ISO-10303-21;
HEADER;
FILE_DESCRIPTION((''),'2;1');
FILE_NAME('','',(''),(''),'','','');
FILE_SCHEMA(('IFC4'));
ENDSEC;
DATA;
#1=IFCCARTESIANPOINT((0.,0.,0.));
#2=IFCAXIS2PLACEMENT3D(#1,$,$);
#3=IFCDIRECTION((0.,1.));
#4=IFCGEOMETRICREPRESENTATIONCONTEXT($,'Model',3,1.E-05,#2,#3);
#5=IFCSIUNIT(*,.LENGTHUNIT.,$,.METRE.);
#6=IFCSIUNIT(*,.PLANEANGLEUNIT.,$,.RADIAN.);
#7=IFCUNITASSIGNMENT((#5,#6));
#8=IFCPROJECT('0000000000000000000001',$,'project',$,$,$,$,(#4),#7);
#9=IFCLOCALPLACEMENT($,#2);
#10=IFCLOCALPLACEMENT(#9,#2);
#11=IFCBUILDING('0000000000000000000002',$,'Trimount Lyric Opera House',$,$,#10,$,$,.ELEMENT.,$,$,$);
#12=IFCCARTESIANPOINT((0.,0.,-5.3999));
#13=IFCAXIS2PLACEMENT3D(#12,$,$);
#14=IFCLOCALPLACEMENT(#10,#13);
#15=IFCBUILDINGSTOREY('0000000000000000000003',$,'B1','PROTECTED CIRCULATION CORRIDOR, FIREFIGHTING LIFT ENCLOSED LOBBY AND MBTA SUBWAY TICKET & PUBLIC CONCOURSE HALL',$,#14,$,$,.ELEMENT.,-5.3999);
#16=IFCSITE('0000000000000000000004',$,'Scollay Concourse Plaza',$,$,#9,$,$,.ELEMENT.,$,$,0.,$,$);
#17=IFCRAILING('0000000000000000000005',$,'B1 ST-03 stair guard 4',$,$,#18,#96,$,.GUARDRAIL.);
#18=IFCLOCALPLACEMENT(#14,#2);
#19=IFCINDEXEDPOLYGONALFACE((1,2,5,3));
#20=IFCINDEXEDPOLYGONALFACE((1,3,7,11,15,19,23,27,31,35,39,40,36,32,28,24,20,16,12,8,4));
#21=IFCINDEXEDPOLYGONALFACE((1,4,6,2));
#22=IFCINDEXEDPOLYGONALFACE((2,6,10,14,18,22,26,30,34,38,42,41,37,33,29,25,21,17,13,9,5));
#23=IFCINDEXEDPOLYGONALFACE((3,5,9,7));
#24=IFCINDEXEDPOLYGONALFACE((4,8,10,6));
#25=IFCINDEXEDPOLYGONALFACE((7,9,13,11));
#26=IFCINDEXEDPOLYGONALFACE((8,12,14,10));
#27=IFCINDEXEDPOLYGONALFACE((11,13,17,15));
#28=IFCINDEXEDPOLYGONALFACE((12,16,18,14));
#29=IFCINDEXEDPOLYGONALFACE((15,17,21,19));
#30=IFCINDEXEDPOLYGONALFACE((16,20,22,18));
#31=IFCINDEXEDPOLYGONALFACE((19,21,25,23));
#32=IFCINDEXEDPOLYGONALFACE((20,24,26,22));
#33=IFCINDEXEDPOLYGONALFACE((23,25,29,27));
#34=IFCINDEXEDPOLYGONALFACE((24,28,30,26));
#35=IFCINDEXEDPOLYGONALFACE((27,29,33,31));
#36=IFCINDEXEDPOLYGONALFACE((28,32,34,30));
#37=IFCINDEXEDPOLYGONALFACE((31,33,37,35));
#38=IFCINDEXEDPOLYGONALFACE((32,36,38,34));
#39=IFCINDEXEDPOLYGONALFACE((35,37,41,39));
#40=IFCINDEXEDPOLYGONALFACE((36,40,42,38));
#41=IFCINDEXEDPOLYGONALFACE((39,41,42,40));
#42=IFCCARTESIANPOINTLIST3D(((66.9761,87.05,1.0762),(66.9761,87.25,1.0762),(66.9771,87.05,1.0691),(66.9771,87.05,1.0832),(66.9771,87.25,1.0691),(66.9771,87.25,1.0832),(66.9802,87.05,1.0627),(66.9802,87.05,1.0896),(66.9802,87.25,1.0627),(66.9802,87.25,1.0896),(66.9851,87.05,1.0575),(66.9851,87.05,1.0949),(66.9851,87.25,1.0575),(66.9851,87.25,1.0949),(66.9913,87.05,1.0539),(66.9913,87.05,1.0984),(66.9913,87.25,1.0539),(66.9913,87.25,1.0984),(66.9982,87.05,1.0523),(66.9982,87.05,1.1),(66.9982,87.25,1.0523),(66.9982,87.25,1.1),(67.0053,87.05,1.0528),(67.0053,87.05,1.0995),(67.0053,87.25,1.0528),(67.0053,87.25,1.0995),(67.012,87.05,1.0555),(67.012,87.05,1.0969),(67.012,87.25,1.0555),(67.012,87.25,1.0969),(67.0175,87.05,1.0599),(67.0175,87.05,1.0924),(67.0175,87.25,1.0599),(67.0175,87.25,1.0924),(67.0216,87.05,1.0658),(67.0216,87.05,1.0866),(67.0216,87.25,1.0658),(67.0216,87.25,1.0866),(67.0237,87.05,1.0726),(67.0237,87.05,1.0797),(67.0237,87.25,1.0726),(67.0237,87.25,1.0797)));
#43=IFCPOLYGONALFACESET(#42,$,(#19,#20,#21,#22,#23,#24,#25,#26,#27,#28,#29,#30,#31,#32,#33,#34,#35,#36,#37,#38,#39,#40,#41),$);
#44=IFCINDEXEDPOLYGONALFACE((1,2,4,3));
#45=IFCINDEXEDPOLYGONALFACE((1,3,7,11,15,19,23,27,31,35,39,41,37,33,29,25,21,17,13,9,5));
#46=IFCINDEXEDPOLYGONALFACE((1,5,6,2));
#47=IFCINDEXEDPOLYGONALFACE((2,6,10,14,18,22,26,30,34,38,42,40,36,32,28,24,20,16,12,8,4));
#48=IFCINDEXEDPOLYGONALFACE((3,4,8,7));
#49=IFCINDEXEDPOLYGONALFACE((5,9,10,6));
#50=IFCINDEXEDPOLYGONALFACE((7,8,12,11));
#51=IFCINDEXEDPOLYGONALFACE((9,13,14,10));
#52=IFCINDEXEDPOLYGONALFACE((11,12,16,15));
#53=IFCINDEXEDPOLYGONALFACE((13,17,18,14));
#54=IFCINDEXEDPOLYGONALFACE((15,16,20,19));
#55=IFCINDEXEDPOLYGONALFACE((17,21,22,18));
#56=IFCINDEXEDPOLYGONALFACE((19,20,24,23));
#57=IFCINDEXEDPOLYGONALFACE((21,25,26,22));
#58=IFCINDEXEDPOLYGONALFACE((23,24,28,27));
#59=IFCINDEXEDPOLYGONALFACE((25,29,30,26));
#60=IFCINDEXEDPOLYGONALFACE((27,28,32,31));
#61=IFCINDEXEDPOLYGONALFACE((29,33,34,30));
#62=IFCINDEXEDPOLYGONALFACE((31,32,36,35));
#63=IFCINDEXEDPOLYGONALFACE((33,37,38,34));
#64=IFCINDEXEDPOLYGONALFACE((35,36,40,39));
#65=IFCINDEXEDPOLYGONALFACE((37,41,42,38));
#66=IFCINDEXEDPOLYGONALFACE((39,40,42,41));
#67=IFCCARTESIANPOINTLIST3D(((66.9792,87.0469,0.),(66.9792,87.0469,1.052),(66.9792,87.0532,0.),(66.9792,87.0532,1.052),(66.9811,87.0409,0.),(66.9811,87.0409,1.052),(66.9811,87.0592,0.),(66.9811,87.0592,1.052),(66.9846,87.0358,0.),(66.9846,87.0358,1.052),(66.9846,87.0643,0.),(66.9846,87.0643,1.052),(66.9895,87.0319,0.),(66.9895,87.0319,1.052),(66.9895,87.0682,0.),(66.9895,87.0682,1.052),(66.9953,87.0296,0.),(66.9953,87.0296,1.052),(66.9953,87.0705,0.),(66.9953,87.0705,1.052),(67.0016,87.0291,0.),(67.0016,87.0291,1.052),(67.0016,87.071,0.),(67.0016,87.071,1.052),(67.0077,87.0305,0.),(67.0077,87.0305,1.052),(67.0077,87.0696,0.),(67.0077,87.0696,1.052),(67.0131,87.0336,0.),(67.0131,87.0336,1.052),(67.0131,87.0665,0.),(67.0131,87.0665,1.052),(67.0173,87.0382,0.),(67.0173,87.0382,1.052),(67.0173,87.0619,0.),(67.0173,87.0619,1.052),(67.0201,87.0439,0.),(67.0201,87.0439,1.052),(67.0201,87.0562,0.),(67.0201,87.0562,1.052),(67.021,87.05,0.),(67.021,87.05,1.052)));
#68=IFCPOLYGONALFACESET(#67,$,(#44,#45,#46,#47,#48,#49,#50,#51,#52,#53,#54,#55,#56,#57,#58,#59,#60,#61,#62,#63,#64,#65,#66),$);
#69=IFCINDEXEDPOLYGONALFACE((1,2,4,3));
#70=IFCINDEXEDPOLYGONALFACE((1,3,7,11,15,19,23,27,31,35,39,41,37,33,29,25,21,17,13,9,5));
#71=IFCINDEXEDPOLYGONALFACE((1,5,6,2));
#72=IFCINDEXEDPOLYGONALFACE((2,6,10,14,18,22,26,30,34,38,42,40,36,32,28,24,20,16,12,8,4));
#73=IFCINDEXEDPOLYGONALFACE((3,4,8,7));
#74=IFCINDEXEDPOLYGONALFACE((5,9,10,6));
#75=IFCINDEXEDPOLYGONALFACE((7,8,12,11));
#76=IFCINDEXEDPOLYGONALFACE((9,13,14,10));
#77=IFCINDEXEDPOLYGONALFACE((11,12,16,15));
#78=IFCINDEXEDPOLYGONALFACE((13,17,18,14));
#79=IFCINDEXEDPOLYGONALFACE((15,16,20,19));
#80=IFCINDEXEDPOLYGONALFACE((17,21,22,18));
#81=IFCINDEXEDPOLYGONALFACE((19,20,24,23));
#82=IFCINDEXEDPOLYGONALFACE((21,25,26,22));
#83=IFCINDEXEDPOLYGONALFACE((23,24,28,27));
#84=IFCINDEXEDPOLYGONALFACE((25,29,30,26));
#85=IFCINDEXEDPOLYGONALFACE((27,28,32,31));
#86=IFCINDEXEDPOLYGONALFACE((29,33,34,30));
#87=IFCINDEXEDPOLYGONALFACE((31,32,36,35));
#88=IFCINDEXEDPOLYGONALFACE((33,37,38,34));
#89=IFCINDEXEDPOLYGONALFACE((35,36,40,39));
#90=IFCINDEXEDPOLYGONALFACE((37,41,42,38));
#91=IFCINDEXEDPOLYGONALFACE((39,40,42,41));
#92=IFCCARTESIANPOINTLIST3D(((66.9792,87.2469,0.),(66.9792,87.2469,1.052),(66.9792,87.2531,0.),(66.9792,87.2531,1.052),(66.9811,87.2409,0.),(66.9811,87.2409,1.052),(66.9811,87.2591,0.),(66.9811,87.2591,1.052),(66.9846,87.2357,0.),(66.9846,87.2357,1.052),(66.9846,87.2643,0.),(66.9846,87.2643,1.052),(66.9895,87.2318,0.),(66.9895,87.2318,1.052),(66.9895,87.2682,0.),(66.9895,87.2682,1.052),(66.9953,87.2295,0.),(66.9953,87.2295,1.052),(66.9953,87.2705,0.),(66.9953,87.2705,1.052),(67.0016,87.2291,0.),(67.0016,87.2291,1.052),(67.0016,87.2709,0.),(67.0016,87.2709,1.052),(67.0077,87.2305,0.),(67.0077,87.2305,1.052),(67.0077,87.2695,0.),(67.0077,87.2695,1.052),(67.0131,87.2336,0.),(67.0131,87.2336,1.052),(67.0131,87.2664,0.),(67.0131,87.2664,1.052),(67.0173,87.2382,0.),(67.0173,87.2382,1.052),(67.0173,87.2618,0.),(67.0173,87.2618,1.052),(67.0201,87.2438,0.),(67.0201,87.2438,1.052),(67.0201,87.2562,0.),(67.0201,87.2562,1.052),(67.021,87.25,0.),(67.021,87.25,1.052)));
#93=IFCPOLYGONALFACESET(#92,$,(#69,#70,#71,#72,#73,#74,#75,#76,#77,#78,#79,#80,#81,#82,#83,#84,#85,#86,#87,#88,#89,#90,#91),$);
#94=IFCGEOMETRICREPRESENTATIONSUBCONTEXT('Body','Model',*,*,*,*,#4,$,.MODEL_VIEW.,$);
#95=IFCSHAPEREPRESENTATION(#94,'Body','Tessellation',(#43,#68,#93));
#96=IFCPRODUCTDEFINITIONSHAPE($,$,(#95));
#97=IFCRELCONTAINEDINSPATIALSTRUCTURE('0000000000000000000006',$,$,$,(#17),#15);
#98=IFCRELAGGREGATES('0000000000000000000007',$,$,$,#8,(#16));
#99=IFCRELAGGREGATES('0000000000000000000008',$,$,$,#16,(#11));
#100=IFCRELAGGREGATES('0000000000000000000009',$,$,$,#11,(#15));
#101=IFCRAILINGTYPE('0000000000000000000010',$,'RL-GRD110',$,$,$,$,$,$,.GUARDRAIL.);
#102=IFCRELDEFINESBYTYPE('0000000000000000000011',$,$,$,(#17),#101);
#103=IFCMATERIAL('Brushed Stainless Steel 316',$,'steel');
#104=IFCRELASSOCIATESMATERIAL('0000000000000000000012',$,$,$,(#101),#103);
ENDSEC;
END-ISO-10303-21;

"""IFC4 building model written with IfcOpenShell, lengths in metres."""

from ifc_helpers import new_model, si_unit, direction, frame, origin, origin_2d, place, context, subcontext, project, spatial, circle, extrude, material, type_object, element, save


model = new_model("IFC4")

# Units and contexts
model_context = context("Model", 3, precision=1e-05, world=origin(), true_north=direction((0.0, 1.0)))
body_context = subcontext(model_context, "Body", "Model", "MODEL_VIEW")
ifc_project = project(units=[si_unit("LENGTHUNIT", "METRE"), si_unit("PLANEANGLEUNIT", "RADIAN")], contexts=[model_context])

# Site, building, storey
site_placement = place(None, origin())
site = spatial("IfcSite", under=ifc_project, at=site_placement, Name="Scollay Concourse Plaza", CompositionType="ELEMENT", RefElevation=0.0)
building_placement = place(site_placement, origin())
building = spatial("IfcBuilding", under=site, at=building_placement, Name="Trimount Lyric Opera House", CompositionType="ELEMENT")
storey_placement = place(building_placement, frame((0.0, 0.0, -5.3999)))
storey = spatial("IfcBuildingStorey", under=building, at=storey_placement, Name="B1", Description="PROTECTED CIRCULATION CORRIDOR, FIREFIGHTING LIFT ENCLOSED LOBBY AND MBTA SUBWAY TICKET & PUBLIC CONCOURSE HALL", CompositionType="ELEMENT", Elevation=-5.3999)

# Railing
ifc_material_1 = material(Name="Brushed Stainless Steel 316", Category="steel")
railing_type_1 = type_object("IfcRailingType", Name="RL-GRD110", PredefinedType="GUARDRAIL", material=ifc_material_1)
railing_1_placement = place(storey_placement, frame((67.0, 87.05, 0.0)))
element("IfcRailing", 1, at=railing_1_placement, inside=storey, type_object=railing_type_1, Name="B1 ST-03 stair guard 4", PredefinedType="GUARDRAIL", context=body_context, shape_type="SweptSolid", body=[
    extrude(circle(Radius=0.0239, at=origin_2d()), frame((0.0, 0.0, 1.0762), z_axis=(0.0, 1.0, 0.0), x_axis=(-1.0, 0.0, 0.0)), (0.0, 0.0, 1.0), 0.2),
    extrude(circle(Radius=0.021, at=origin_2d()), origin(), (0.0, 0.0, 1.0), 1.052),
    extrude(circle(Radius=0.021, at=origin_2d()), frame((0.0, 0.2, 0.0)), (0.0, 0.0, 1.0), 1.052),
])

save(model, "model.ifc")
